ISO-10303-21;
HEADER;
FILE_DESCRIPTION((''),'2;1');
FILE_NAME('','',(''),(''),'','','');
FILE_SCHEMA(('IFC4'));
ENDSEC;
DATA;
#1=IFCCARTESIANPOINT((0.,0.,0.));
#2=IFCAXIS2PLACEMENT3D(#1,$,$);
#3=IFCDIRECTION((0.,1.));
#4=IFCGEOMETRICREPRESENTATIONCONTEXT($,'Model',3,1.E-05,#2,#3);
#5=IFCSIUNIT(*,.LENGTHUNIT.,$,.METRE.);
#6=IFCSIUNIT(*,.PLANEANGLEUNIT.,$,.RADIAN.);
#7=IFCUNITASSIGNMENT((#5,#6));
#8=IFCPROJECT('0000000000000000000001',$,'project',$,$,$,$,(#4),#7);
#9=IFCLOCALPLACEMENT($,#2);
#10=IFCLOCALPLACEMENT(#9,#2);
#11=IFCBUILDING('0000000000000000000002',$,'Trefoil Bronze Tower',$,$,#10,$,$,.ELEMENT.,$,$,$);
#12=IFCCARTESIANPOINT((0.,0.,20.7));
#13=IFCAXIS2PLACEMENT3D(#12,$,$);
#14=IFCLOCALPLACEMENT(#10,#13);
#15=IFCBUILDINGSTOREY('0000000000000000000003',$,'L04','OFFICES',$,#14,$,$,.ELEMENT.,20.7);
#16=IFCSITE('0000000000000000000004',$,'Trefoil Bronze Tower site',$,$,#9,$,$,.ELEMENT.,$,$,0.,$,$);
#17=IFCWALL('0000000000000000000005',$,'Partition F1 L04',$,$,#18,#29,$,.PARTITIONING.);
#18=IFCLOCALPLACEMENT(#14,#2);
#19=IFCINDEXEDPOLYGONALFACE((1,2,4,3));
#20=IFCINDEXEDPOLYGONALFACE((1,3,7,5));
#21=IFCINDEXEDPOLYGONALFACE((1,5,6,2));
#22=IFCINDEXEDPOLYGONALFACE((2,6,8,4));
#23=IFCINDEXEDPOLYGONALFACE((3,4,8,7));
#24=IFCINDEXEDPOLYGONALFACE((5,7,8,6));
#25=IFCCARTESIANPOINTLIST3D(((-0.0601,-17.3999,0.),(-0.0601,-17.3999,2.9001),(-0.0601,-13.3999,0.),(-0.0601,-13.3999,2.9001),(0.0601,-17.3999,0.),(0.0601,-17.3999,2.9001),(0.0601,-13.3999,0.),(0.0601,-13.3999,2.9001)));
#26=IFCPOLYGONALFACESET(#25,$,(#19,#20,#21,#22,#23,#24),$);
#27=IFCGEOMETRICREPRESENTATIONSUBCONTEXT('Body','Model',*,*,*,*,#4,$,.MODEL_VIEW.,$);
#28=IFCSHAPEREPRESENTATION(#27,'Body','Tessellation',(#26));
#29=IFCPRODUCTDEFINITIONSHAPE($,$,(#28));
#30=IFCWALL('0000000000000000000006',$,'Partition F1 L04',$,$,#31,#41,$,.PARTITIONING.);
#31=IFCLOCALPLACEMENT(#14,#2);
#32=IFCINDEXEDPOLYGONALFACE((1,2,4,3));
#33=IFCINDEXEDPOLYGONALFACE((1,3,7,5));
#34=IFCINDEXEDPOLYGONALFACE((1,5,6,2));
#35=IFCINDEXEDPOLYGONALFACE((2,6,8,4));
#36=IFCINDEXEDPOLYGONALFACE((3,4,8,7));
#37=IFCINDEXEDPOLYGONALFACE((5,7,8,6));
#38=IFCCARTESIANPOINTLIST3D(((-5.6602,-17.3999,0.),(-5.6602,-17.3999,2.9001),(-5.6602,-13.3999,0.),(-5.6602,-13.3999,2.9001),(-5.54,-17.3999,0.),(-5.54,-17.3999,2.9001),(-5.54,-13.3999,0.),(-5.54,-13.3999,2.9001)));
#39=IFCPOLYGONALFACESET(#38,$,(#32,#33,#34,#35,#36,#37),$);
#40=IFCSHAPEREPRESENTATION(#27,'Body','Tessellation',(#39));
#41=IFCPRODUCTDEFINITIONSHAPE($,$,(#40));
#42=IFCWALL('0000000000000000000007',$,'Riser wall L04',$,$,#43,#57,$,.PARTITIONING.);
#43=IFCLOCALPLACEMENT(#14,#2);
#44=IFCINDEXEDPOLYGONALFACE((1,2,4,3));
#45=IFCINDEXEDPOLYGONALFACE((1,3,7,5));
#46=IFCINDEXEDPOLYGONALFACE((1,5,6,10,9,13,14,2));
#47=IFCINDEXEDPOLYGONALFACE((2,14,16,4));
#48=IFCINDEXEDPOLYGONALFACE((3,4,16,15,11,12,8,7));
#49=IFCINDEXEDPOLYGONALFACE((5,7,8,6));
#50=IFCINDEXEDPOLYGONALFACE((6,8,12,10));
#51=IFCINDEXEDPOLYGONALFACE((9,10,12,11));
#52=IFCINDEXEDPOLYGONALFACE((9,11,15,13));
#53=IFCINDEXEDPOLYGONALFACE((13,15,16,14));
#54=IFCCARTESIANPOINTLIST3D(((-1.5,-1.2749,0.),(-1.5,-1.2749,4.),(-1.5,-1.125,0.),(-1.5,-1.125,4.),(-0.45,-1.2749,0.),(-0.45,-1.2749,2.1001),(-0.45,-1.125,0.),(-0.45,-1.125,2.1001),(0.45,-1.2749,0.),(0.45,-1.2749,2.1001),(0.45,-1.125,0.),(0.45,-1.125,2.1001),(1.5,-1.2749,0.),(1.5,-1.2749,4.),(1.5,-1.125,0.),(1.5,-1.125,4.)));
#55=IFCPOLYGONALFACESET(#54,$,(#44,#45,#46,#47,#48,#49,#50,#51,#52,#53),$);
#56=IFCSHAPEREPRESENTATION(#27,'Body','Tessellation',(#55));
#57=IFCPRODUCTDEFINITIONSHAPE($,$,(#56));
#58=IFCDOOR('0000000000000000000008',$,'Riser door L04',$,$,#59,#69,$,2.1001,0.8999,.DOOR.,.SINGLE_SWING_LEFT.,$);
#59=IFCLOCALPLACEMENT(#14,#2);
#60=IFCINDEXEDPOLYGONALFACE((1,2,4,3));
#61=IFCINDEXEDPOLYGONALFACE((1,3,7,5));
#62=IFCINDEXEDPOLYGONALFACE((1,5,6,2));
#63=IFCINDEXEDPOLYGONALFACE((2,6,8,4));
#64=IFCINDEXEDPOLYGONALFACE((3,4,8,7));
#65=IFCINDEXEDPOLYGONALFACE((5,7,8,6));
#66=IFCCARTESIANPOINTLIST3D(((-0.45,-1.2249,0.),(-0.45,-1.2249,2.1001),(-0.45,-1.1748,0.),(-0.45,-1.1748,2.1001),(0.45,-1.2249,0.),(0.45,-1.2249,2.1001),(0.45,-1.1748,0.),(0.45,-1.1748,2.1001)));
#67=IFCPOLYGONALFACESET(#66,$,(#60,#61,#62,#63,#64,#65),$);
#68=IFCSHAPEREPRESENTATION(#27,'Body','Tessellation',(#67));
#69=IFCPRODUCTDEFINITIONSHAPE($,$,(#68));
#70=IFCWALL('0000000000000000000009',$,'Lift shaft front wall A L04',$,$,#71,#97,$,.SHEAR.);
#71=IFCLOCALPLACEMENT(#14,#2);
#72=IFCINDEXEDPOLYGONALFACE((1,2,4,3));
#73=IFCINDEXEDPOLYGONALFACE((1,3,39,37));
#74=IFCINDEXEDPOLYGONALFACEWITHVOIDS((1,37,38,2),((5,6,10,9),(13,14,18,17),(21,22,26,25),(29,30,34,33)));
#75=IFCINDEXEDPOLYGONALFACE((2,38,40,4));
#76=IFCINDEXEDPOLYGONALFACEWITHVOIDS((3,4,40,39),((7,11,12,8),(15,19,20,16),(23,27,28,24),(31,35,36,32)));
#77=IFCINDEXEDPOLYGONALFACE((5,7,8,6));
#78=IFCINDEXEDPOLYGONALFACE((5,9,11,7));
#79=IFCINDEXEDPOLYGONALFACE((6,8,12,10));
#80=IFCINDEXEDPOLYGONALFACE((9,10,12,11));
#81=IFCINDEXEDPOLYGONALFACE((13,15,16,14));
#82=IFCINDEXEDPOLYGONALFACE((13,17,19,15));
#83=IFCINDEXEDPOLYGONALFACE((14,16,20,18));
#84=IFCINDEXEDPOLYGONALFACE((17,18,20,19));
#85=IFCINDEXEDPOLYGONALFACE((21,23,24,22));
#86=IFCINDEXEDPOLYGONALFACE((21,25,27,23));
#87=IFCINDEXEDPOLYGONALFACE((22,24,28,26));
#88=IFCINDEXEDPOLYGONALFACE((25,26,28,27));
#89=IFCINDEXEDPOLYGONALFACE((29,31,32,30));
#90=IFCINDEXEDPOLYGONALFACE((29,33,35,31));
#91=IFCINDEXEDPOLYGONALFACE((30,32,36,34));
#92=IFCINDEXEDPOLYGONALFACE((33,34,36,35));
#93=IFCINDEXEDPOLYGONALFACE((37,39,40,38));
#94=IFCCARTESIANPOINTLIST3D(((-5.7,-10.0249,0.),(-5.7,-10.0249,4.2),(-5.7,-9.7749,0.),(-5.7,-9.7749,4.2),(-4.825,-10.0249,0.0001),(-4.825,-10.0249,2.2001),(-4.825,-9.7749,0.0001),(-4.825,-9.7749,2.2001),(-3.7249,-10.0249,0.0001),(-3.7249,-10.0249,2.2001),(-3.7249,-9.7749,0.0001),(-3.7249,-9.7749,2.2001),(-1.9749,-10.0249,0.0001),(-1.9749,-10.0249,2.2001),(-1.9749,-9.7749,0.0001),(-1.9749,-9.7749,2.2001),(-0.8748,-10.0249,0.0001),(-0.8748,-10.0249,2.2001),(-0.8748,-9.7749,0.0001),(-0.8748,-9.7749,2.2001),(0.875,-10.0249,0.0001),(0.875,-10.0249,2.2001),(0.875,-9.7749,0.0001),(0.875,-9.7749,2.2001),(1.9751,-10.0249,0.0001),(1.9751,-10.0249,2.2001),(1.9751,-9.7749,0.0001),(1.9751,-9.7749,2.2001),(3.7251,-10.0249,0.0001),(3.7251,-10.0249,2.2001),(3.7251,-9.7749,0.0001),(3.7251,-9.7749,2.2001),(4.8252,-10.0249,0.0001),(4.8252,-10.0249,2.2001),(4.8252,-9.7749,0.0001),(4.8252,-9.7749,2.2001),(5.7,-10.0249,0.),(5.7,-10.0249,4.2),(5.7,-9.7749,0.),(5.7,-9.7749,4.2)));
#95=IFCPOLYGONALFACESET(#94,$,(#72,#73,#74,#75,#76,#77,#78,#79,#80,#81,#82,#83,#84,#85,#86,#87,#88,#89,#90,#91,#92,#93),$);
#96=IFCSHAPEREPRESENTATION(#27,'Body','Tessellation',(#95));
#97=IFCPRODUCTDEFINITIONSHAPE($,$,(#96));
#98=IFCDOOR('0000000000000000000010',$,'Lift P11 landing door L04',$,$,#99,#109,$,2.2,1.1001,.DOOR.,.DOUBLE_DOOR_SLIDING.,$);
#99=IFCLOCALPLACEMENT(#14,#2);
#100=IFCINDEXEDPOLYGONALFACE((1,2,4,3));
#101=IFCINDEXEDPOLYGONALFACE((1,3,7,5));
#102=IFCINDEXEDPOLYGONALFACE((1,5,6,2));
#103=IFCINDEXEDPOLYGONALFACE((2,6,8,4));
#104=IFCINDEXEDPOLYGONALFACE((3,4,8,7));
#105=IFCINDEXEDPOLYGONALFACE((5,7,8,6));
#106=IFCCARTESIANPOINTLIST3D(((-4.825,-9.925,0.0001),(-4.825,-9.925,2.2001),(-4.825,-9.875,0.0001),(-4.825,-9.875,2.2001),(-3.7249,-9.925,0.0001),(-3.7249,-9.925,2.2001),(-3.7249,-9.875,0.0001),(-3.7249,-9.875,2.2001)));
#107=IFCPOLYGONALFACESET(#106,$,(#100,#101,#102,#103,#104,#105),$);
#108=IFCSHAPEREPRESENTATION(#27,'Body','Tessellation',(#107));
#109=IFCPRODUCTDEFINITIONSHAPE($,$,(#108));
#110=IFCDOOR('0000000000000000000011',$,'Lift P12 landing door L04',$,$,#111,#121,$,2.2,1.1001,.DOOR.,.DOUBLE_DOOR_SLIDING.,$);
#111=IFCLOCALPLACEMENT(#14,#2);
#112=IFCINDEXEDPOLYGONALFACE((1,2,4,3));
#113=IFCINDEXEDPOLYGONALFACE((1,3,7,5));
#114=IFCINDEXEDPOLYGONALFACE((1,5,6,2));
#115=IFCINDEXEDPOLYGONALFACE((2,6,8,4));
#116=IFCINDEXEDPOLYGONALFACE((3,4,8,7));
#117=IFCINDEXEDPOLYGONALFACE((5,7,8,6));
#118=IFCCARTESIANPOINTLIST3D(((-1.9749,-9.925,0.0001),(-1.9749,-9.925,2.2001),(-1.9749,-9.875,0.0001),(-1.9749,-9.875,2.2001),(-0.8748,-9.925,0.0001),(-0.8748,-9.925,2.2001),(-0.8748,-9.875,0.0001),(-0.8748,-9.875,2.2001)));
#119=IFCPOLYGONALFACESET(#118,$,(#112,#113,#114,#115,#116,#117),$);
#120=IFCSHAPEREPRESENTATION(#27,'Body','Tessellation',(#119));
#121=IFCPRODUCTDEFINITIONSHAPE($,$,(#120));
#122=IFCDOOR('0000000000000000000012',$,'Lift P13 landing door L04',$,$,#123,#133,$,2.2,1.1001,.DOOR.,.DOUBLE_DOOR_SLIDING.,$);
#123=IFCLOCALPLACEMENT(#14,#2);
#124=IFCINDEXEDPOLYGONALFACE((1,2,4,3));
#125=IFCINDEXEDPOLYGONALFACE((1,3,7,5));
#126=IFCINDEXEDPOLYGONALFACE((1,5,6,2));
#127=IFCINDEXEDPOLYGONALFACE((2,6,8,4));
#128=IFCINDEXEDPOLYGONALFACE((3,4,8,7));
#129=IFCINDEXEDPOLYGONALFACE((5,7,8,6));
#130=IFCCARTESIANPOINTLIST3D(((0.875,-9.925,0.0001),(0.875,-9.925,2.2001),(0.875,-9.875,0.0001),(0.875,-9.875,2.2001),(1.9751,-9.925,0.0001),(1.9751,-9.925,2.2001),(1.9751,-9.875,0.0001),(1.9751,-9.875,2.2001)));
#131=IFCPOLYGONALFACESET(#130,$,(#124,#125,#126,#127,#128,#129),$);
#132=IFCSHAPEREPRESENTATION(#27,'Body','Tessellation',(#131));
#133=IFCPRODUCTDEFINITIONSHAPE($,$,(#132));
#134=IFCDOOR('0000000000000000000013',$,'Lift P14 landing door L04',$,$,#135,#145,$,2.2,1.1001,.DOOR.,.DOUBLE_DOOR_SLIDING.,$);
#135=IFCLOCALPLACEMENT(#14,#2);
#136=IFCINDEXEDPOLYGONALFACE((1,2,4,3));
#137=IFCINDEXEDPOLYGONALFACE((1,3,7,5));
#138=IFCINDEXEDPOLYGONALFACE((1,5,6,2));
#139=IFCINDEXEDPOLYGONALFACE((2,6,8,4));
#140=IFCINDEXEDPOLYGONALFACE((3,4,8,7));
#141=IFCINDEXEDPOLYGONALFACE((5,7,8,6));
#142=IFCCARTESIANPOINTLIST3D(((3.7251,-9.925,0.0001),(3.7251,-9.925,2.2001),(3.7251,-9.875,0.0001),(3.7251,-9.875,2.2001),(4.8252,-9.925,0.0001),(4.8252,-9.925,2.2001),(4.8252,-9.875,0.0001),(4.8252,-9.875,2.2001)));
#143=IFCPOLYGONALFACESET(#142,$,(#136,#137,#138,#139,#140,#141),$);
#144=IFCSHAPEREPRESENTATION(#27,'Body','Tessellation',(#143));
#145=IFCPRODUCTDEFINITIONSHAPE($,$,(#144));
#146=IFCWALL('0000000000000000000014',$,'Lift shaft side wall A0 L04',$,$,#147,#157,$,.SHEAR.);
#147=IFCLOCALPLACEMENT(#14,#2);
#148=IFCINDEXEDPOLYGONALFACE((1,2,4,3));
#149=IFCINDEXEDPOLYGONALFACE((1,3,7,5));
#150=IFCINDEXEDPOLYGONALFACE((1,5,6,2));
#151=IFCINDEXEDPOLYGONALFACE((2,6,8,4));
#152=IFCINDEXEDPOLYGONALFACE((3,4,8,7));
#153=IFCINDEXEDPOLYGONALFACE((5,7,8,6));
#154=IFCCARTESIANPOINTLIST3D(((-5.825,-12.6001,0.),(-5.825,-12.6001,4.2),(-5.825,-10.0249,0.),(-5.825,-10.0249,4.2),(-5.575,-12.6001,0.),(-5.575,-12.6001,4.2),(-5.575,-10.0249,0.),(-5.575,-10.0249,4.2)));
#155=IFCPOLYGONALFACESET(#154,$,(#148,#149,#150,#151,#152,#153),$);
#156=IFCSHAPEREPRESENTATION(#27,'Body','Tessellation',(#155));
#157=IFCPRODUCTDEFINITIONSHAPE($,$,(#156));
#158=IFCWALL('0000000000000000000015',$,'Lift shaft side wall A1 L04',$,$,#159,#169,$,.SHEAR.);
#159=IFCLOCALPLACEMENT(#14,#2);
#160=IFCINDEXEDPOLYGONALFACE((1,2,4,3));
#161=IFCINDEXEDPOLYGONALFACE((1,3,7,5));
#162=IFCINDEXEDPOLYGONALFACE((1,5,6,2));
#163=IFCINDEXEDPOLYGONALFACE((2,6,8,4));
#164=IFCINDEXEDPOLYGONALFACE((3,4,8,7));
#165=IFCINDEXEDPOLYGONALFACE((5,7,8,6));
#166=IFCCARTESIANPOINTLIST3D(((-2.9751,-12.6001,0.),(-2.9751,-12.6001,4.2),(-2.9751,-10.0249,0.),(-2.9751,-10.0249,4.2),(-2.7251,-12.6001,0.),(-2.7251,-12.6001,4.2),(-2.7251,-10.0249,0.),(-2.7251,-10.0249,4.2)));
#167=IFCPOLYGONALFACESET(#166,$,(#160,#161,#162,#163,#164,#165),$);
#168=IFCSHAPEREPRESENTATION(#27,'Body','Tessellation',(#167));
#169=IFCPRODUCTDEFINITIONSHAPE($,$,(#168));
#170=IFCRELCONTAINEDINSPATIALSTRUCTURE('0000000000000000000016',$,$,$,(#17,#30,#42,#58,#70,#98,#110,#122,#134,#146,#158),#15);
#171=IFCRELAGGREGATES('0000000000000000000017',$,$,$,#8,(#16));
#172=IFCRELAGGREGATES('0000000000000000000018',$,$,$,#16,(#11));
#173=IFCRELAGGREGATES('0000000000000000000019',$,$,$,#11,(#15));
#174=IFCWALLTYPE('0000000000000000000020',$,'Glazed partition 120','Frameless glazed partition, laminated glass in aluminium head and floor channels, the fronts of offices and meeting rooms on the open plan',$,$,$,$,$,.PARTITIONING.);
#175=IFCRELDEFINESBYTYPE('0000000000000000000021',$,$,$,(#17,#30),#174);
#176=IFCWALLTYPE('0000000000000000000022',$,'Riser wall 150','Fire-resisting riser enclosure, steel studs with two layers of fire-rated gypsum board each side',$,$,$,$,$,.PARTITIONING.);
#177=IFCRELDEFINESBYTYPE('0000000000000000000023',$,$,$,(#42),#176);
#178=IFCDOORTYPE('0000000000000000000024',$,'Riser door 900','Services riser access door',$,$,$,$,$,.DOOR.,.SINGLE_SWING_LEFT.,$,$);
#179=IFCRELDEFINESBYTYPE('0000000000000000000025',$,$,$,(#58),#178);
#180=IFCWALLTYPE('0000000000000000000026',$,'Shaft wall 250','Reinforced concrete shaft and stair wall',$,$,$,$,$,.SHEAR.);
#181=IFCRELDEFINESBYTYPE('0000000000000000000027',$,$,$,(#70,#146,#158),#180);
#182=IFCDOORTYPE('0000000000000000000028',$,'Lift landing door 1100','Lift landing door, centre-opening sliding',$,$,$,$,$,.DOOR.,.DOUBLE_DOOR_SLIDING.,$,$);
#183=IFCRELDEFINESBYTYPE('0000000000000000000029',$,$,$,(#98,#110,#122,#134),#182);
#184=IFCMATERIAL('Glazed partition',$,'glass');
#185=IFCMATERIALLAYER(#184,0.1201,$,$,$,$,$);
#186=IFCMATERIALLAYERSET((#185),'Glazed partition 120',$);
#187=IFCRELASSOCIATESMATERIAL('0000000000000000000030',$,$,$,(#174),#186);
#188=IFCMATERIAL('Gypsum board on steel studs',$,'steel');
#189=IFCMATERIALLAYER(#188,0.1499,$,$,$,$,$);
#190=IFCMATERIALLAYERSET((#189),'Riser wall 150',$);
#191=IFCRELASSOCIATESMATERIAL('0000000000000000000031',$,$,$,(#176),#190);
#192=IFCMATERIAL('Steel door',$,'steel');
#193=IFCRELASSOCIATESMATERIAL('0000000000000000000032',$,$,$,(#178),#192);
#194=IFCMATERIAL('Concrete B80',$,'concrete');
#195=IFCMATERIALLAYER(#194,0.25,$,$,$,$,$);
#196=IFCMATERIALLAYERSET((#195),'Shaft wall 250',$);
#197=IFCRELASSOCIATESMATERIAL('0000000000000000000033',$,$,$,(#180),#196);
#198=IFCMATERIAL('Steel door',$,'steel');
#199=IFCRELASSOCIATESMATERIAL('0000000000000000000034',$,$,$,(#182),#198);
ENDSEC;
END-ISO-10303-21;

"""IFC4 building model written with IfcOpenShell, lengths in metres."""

from ifc_helpers import new_model, si_unit, direction, frame, frame_2d, origin, place, context, subcontext, project, spatial, rectangle, extrude, material, layer, layer_set, type_object, element, fill, save


model = new_model("IFC4")

# Units and contexts
model_context = context("Model", 3, precision=1e-05, world=origin(), true_north=direction((0.0, 1.0)))
body_context = subcontext(model_context, "Body", "Model", "MODEL_VIEW")
ifc_project = project(units=[si_unit("LENGTHUNIT", "METRE"), si_unit("PLANEANGLEUNIT", "RADIAN")], contexts=[model_context])

# Site, building, storey
site_placement = place(None, origin())
site = spatial("IfcSite", under=ifc_project, at=site_placement, Name="Trefoil Bronze Tower site", CompositionType="ELEMENT", RefElevation=0.0)
building_placement = place(site_placement, origin())
building = spatial("IfcBuilding", under=site, at=building_placement, Name="Trefoil Bronze Tower", CompositionType="ELEMENT")
storey_placement = place(building_placement, frame((0.0, 0.0, 20.7)))
storey = spatial("IfcBuildingStorey", under=building, at=storey_placement, Name="L04", Description="OFFICES", CompositionType="ELEMENT", Elevation=20.7)

# Walls
ifc_material_1 = material(Name="Glazed partition", Category="glass")
ifc_layer_1 = layer(ifc_material_1, 0.1201)
ifc_layer_set_1 = layer_set([ifc_layer_1], Name="Glazed partition 120")
wall_type_1 = type_object("IfcWallType", Name="Glazed partition 120", Description="Frameless glazed partition, laminated glass in aluminium head and floor channels, the fronts of offices and meeting rooms on the open plan", PredefinedType="PARTITIONING", material=ifc_layer_set_1)
for number, where, z_axis, x_axis, name in (
    (1, (0.0, -13.3999, 0.0), (0.0, 0.0, 1.0), (0.0, -1.0, 0.0), "Partition F1 L04"),
    (2, (-5.6001, -13.3999, 0.0), (0.0, 0.0, 1.0), (0.0, -1.0, 0.0), "Partition F1 L04"),
):
    element("IfcWall", number, at=place(storey_placement, frame(where, z_axis=z_axis, x_axis=x_axis)), inside=storey, type_object=wall_type_1, Name=name, PredefinedType="PARTITIONING", context=body_context, shape_type="SweptSolid", body=[
        extrude(rectangle(XDim=4.0, YDim=0.1201, at=frame_2d((2.0, 0.0))), origin(), (0.0, 0.0, 1.0), 2.9001),
    ])

# Wall, opening, door
ifc_material_2 = material(Name="Gypsum board on steel studs", Category="steel")
ifc_layer_2 = layer(ifc_material_2, 0.1499)
ifc_layer_set_2 = layer_set([ifc_layer_2], Name="Riser wall 150")
wall_type_2 = type_object("IfcWallType", Name="Riser wall 150", Description="Fire-resisting riser enclosure, steel studs with two layers of fire-rated gypsum board each side", PredefinedType="PARTITIONING", material=ifc_layer_set_2)
wall_1_placement = place(storey_placement, frame((-1.5, -1.2, 0.0), z_axis=(0.0, 0.0, 1.0), x_axis=(1.0, 0.0, 0.0)))
wall_1 = element("IfcWall", 3, at=wall_1_placement, inside=storey, type_object=wall_type_2, Name="Riser wall L04", PredefinedType="PARTITIONING", context=body_context, shape_type="SweptSolid", body=[
    extrude(rectangle(XDim=3.0, YDim=0.1499, at=frame_2d((1.5, 0.0))), origin(), (0.0, 0.0, 1.0), 4.0),
])
opening_1_placement = place(wall_1_placement, frame((1.05, 0.0, 0.0)))
opening_1 = element("IfcOpeningElement", 4, at=opening_1_placement, cuts=wall_1, PredefinedType="OPENING", context=body_context, shape_type="SweptSolid", body=[
    extrude(rectangle(XDim=0.8999, YDim=2.1001, at=frame_2d((0.45, 1.05))), frame((0.0, 0.085, 0.0), z_axis=(0.0, -1.0, 0.0), x_axis=(1.0, 0.0, 0.0)), (0.0, 0.0, 1.0), 0.1699),
])
ifc_material_3 = material(Name="Steel door", Category="steel")
door_type_1 = type_object("IfcDoorType", Name="Riser door 900", Description="Services riser access door", OperationType="SINGLE_SWING_LEFT", PredefinedType="DOOR", material=ifc_material_3)
door_1_placement = place(opening_1_placement, frame((0.8999, 0.0, 0.0), z_axis=(0.0, 0.0, 1.0), x_axis=(-1.0, 0.0, 0.0)))
door_1 = element("IfcDoor", 5, at=door_1_placement, inside=storey, type_object=door_type_1, Name="Riser door L04", OperationType="SINGLE_SWING_LEFT", OverallHeight=2.1001, OverallWidth=0.8999, PredefinedType="DOOR", context=body_context, shape_type="SweptSolid", body=[
    extrude(rectangle(XDim=0.8999, YDim=2.1001, at=frame_2d((0.45, 1.05))), frame((0.0, 0.0249, 0.0), z_axis=(0.0, -1.0, 0.0), x_axis=(1.0, 0.0, 0.0)), (0.0, 0.0, 1.0), 0.05),
])
fill(opening_1, door_1)

# Wall, openings, doors
ifc_material_4 = material(Name="Concrete B80", Category="concrete")
ifc_layer_3 = layer(ifc_material_4, 0.25)
ifc_layer_set_3 = layer_set([ifc_layer_3], Name="Shaft wall 250")
wall_type_3 = type_object("IfcWallType", Name="Shaft wall 250", Description="Reinforced concrete shaft and stair wall", PredefinedType="SHEAR", material=ifc_layer_set_3)
wall_2_placement = place(storey_placement, frame((-5.7, -9.8999, 0.0), z_axis=(0.0, 0.0, 1.0), x_axis=(1.0, 0.0, 0.0)))
wall_2 = element("IfcWall", 6, at=wall_2_placement, inside=storey, type_object=wall_type_3, Name="Lift shaft front wall A L04", PredefinedType="SHEAR", context=body_context, shape_type="SweptSolid", body=[
    extrude(rectangle(XDim=11.3999, YDim=0.25, at=frame_2d((5.7, 0.0))), origin(), (0.0, 0.0, 1.0), 4.2),
])
opening_2_placement = place(wall_2_placement, frame((0.875, 0.0, 0.0)))
opening_2 = element("IfcOpeningElement", 7, at=opening_2_placement, cuts=wall_2, PredefinedType="OPENING", context=body_context, shape_type="SweptSolid", body=[
    extrude(rectangle(XDim=1.1001, YDim=2.2, at=frame_2d((0.55, 1.1001))), frame((0.0, 0.135, 0.0), z_axis=(0.0, -1.0, 0.0), x_axis=(1.0, 0.0, 0.0)), (0.0, 0.0, 1.0), 0.27),
])
opening_3_placement = place(wall_2_placement, frame((3.7251, 0.0, 0.0)))
opening_3 = element("IfcOpeningElement", 8, at=opening_3_placement, cuts=wall_2, PredefinedType="OPENING", context=body_context, shape_type="SweptSolid", body=[
    extrude(rectangle(XDim=1.1001, YDim=2.2, at=frame_2d((0.55, 1.1001))), frame((0.0, 0.135, 0.0), z_axis=(0.0, -1.0, 0.0), x_axis=(1.0, 0.0, 0.0)), (0.0, 0.0, 1.0), 0.27),
])
opening_4_placement = place(wall_2_placement, frame((6.575, 0.0, 0.0)))
opening_4 = element("IfcOpeningElement", 9, at=opening_4_placement, cuts=wall_2, PredefinedType="OPENING", context=body_context, shape_type="SweptSolid", body=[
    extrude(rectangle(XDim=1.1001, YDim=2.2, at=frame_2d((0.55, 1.1001))), frame((0.0, 0.135, 0.0), z_axis=(0.0, -1.0, 0.0), x_axis=(1.0, 0.0, 0.0)), (0.0, 0.0, 1.0), 0.27),
])
opening_5_placement = place(wall_2_placement, frame((9.425, 0.0, 0.0)))
opening_5 = element("IfcOpeningElement", 10, at=opening_5_placement, cuts=wall_2, PredefinedType="OPENING", context=body_context, shape_type="SweptSolid", body=[
    extrude(rectangle(XDim=1.1001, YDim=2.2, at=frame_2d((0.55, 1.1001))), frame((0.0, 0.135, 0.0), z_axis=(0.0, -1.0, 0.0), x_axis=(1.0, 0.0, 0.0)), (0.0, 0.0, 1.0), 0.27),
])
ifc_material_5 = material(Name="Steel door", Category="steel")
door_type_2 = type_object("IfcDoorType", Name="Lift landing door 1100", Description="Lift landing door, centre-opening sliding", OperationType="DOUBLE_DOOR_SLIDING", PredefinedType="DOOR", material=ifc_material_5)
door_2_placement = place(opening_2_placement, origin())
door_2 = element("IfcDoor", 11, at=door_2_placement, inside=storey, type_object=door_type_2, Name="Lift P11 landing door L04", OperationType="DOUBLE_DOOR_SLIDING", OverallHeight=2.2, OverallWidth=1.1001, PredefinedType="DOOR", context=body_context, shape_type="SweptSolid", body=[
    extrude(rectangle(XDim=1.1001, YDim=2.2, at=frame_2d((0.55, 1.1001))), frame((0.0, 0.0249, 0.0), z_axis=(0.0, -1.0, 0.0), x_axis=(1.0, 0.0, 0.0)), (0.0, 0.0, 1.0), 0.05),
])
fill(opening_2, door_2)
door_3_placement = place(opening_3_placement, origin())
door_3 = element("IfcDoor", 12, at=door_3_placement, inside=storey, type_object=door_type_2, Name="Lift P12 landing door L04", OperationType="DOUBLE_DOOR_SLIDING", OverallHeight=2.2, OverallWidth=1.1001, PredefinedType="DOOR", context=body_context, shape_type="SweptSolid", body=[
    extrude(rectangle(XDim=1.1001, YDim=2.2, at=frame_2d((0.55, 1.1001))), frame((0.0, 0.0249, 0.0), z_axis=(0.0, -1.0, 0.0), x_axis=(1.0, 0.0, 0.0)), (0.0, 0.0, 1.0), 0.05),
])
fill(opening_3, door_3)
door_4_placement = place(opening_4_placement, origin())
door_4 = element("IfcDoor", 13, at=door_4_placement, inside=storey, type_object=door_type_2, Name="Lift P13 landing door L04", OperationType="DOUBLE_DOOR_SLIDING", OverallHeight=2.2, OverallWidth=1.1001, PredefinedType="DOOR", context=body_context, shape_type="SweptSolid", body=[
    extrude(rectangle(XDim=1.1001, YDim=2.2, at=frame_2d((0.55, 1.1001))), frame((0.0, 0.0249, 0.0), z_axis=(0.0, -1.0, 0.0), x_axis=(1.0, 0.0, 0.0)), (0.0, 0.0, 1.0), 0.05),
])
fill(opening_4, door_4)
door_5_placement = place(opening_5_placement, origin())
door_5 = element("IfcDoor", 14, at=door_5_placement, inside=storey, type_object=door_type_2, Name="Lift P14 landing door L04", OperationType="DOUBLE_DOOR_SLIDING", OverallHeight=2.2, OverallWidth=1.1001, PredefinedType="DOOR", context=body_context, shape_type="SweptSolid", body=[
    extrude(rectangle(XDim=1.1001, YDim=2.2, at=frame_2d((0.55, 1.1001))), frame((0.0, 0.0249, 0.0), z_axis=(0.0, -1.0, 0.0), x_axis=(1.0, 0.0, 0.0)), (0.0, 0.0, 1.0), 0.05),
])
fill(opening_5, door_5)

# Walls
for number, where, z_axis, x_axis, name in (
    (15, (-5.7, -10.0249, 0.0), (0.0, 0.0, 1.0), (0.0, -1.0, 0.0), "Lift shaft side wall A0 L04"),
    (16, (-2.8501, -10.0249, 0.0), (0.0, 0.0, 1.0), (0.0, -1.0, 0.0), "Lift shaft side wall A1 L04"),
):
    element("IfcWall", number, at=place(storey_placement, frame(where, z_axis=z_axis, x_axis=x_axis)), inside=storey, type_object=wall_type_3, Name=name, PredefinedType="SHEAR", context=body_context, shape_type="SweptSolid", body=[
        extrude(rectangle(XDim=2.5752, YDim=0.25, at=frame_2d((1.2876, 0.0))), origin(), (0.0, 0.0, 1.0), 4.2),
    ])

save(model, "model.ifc")
